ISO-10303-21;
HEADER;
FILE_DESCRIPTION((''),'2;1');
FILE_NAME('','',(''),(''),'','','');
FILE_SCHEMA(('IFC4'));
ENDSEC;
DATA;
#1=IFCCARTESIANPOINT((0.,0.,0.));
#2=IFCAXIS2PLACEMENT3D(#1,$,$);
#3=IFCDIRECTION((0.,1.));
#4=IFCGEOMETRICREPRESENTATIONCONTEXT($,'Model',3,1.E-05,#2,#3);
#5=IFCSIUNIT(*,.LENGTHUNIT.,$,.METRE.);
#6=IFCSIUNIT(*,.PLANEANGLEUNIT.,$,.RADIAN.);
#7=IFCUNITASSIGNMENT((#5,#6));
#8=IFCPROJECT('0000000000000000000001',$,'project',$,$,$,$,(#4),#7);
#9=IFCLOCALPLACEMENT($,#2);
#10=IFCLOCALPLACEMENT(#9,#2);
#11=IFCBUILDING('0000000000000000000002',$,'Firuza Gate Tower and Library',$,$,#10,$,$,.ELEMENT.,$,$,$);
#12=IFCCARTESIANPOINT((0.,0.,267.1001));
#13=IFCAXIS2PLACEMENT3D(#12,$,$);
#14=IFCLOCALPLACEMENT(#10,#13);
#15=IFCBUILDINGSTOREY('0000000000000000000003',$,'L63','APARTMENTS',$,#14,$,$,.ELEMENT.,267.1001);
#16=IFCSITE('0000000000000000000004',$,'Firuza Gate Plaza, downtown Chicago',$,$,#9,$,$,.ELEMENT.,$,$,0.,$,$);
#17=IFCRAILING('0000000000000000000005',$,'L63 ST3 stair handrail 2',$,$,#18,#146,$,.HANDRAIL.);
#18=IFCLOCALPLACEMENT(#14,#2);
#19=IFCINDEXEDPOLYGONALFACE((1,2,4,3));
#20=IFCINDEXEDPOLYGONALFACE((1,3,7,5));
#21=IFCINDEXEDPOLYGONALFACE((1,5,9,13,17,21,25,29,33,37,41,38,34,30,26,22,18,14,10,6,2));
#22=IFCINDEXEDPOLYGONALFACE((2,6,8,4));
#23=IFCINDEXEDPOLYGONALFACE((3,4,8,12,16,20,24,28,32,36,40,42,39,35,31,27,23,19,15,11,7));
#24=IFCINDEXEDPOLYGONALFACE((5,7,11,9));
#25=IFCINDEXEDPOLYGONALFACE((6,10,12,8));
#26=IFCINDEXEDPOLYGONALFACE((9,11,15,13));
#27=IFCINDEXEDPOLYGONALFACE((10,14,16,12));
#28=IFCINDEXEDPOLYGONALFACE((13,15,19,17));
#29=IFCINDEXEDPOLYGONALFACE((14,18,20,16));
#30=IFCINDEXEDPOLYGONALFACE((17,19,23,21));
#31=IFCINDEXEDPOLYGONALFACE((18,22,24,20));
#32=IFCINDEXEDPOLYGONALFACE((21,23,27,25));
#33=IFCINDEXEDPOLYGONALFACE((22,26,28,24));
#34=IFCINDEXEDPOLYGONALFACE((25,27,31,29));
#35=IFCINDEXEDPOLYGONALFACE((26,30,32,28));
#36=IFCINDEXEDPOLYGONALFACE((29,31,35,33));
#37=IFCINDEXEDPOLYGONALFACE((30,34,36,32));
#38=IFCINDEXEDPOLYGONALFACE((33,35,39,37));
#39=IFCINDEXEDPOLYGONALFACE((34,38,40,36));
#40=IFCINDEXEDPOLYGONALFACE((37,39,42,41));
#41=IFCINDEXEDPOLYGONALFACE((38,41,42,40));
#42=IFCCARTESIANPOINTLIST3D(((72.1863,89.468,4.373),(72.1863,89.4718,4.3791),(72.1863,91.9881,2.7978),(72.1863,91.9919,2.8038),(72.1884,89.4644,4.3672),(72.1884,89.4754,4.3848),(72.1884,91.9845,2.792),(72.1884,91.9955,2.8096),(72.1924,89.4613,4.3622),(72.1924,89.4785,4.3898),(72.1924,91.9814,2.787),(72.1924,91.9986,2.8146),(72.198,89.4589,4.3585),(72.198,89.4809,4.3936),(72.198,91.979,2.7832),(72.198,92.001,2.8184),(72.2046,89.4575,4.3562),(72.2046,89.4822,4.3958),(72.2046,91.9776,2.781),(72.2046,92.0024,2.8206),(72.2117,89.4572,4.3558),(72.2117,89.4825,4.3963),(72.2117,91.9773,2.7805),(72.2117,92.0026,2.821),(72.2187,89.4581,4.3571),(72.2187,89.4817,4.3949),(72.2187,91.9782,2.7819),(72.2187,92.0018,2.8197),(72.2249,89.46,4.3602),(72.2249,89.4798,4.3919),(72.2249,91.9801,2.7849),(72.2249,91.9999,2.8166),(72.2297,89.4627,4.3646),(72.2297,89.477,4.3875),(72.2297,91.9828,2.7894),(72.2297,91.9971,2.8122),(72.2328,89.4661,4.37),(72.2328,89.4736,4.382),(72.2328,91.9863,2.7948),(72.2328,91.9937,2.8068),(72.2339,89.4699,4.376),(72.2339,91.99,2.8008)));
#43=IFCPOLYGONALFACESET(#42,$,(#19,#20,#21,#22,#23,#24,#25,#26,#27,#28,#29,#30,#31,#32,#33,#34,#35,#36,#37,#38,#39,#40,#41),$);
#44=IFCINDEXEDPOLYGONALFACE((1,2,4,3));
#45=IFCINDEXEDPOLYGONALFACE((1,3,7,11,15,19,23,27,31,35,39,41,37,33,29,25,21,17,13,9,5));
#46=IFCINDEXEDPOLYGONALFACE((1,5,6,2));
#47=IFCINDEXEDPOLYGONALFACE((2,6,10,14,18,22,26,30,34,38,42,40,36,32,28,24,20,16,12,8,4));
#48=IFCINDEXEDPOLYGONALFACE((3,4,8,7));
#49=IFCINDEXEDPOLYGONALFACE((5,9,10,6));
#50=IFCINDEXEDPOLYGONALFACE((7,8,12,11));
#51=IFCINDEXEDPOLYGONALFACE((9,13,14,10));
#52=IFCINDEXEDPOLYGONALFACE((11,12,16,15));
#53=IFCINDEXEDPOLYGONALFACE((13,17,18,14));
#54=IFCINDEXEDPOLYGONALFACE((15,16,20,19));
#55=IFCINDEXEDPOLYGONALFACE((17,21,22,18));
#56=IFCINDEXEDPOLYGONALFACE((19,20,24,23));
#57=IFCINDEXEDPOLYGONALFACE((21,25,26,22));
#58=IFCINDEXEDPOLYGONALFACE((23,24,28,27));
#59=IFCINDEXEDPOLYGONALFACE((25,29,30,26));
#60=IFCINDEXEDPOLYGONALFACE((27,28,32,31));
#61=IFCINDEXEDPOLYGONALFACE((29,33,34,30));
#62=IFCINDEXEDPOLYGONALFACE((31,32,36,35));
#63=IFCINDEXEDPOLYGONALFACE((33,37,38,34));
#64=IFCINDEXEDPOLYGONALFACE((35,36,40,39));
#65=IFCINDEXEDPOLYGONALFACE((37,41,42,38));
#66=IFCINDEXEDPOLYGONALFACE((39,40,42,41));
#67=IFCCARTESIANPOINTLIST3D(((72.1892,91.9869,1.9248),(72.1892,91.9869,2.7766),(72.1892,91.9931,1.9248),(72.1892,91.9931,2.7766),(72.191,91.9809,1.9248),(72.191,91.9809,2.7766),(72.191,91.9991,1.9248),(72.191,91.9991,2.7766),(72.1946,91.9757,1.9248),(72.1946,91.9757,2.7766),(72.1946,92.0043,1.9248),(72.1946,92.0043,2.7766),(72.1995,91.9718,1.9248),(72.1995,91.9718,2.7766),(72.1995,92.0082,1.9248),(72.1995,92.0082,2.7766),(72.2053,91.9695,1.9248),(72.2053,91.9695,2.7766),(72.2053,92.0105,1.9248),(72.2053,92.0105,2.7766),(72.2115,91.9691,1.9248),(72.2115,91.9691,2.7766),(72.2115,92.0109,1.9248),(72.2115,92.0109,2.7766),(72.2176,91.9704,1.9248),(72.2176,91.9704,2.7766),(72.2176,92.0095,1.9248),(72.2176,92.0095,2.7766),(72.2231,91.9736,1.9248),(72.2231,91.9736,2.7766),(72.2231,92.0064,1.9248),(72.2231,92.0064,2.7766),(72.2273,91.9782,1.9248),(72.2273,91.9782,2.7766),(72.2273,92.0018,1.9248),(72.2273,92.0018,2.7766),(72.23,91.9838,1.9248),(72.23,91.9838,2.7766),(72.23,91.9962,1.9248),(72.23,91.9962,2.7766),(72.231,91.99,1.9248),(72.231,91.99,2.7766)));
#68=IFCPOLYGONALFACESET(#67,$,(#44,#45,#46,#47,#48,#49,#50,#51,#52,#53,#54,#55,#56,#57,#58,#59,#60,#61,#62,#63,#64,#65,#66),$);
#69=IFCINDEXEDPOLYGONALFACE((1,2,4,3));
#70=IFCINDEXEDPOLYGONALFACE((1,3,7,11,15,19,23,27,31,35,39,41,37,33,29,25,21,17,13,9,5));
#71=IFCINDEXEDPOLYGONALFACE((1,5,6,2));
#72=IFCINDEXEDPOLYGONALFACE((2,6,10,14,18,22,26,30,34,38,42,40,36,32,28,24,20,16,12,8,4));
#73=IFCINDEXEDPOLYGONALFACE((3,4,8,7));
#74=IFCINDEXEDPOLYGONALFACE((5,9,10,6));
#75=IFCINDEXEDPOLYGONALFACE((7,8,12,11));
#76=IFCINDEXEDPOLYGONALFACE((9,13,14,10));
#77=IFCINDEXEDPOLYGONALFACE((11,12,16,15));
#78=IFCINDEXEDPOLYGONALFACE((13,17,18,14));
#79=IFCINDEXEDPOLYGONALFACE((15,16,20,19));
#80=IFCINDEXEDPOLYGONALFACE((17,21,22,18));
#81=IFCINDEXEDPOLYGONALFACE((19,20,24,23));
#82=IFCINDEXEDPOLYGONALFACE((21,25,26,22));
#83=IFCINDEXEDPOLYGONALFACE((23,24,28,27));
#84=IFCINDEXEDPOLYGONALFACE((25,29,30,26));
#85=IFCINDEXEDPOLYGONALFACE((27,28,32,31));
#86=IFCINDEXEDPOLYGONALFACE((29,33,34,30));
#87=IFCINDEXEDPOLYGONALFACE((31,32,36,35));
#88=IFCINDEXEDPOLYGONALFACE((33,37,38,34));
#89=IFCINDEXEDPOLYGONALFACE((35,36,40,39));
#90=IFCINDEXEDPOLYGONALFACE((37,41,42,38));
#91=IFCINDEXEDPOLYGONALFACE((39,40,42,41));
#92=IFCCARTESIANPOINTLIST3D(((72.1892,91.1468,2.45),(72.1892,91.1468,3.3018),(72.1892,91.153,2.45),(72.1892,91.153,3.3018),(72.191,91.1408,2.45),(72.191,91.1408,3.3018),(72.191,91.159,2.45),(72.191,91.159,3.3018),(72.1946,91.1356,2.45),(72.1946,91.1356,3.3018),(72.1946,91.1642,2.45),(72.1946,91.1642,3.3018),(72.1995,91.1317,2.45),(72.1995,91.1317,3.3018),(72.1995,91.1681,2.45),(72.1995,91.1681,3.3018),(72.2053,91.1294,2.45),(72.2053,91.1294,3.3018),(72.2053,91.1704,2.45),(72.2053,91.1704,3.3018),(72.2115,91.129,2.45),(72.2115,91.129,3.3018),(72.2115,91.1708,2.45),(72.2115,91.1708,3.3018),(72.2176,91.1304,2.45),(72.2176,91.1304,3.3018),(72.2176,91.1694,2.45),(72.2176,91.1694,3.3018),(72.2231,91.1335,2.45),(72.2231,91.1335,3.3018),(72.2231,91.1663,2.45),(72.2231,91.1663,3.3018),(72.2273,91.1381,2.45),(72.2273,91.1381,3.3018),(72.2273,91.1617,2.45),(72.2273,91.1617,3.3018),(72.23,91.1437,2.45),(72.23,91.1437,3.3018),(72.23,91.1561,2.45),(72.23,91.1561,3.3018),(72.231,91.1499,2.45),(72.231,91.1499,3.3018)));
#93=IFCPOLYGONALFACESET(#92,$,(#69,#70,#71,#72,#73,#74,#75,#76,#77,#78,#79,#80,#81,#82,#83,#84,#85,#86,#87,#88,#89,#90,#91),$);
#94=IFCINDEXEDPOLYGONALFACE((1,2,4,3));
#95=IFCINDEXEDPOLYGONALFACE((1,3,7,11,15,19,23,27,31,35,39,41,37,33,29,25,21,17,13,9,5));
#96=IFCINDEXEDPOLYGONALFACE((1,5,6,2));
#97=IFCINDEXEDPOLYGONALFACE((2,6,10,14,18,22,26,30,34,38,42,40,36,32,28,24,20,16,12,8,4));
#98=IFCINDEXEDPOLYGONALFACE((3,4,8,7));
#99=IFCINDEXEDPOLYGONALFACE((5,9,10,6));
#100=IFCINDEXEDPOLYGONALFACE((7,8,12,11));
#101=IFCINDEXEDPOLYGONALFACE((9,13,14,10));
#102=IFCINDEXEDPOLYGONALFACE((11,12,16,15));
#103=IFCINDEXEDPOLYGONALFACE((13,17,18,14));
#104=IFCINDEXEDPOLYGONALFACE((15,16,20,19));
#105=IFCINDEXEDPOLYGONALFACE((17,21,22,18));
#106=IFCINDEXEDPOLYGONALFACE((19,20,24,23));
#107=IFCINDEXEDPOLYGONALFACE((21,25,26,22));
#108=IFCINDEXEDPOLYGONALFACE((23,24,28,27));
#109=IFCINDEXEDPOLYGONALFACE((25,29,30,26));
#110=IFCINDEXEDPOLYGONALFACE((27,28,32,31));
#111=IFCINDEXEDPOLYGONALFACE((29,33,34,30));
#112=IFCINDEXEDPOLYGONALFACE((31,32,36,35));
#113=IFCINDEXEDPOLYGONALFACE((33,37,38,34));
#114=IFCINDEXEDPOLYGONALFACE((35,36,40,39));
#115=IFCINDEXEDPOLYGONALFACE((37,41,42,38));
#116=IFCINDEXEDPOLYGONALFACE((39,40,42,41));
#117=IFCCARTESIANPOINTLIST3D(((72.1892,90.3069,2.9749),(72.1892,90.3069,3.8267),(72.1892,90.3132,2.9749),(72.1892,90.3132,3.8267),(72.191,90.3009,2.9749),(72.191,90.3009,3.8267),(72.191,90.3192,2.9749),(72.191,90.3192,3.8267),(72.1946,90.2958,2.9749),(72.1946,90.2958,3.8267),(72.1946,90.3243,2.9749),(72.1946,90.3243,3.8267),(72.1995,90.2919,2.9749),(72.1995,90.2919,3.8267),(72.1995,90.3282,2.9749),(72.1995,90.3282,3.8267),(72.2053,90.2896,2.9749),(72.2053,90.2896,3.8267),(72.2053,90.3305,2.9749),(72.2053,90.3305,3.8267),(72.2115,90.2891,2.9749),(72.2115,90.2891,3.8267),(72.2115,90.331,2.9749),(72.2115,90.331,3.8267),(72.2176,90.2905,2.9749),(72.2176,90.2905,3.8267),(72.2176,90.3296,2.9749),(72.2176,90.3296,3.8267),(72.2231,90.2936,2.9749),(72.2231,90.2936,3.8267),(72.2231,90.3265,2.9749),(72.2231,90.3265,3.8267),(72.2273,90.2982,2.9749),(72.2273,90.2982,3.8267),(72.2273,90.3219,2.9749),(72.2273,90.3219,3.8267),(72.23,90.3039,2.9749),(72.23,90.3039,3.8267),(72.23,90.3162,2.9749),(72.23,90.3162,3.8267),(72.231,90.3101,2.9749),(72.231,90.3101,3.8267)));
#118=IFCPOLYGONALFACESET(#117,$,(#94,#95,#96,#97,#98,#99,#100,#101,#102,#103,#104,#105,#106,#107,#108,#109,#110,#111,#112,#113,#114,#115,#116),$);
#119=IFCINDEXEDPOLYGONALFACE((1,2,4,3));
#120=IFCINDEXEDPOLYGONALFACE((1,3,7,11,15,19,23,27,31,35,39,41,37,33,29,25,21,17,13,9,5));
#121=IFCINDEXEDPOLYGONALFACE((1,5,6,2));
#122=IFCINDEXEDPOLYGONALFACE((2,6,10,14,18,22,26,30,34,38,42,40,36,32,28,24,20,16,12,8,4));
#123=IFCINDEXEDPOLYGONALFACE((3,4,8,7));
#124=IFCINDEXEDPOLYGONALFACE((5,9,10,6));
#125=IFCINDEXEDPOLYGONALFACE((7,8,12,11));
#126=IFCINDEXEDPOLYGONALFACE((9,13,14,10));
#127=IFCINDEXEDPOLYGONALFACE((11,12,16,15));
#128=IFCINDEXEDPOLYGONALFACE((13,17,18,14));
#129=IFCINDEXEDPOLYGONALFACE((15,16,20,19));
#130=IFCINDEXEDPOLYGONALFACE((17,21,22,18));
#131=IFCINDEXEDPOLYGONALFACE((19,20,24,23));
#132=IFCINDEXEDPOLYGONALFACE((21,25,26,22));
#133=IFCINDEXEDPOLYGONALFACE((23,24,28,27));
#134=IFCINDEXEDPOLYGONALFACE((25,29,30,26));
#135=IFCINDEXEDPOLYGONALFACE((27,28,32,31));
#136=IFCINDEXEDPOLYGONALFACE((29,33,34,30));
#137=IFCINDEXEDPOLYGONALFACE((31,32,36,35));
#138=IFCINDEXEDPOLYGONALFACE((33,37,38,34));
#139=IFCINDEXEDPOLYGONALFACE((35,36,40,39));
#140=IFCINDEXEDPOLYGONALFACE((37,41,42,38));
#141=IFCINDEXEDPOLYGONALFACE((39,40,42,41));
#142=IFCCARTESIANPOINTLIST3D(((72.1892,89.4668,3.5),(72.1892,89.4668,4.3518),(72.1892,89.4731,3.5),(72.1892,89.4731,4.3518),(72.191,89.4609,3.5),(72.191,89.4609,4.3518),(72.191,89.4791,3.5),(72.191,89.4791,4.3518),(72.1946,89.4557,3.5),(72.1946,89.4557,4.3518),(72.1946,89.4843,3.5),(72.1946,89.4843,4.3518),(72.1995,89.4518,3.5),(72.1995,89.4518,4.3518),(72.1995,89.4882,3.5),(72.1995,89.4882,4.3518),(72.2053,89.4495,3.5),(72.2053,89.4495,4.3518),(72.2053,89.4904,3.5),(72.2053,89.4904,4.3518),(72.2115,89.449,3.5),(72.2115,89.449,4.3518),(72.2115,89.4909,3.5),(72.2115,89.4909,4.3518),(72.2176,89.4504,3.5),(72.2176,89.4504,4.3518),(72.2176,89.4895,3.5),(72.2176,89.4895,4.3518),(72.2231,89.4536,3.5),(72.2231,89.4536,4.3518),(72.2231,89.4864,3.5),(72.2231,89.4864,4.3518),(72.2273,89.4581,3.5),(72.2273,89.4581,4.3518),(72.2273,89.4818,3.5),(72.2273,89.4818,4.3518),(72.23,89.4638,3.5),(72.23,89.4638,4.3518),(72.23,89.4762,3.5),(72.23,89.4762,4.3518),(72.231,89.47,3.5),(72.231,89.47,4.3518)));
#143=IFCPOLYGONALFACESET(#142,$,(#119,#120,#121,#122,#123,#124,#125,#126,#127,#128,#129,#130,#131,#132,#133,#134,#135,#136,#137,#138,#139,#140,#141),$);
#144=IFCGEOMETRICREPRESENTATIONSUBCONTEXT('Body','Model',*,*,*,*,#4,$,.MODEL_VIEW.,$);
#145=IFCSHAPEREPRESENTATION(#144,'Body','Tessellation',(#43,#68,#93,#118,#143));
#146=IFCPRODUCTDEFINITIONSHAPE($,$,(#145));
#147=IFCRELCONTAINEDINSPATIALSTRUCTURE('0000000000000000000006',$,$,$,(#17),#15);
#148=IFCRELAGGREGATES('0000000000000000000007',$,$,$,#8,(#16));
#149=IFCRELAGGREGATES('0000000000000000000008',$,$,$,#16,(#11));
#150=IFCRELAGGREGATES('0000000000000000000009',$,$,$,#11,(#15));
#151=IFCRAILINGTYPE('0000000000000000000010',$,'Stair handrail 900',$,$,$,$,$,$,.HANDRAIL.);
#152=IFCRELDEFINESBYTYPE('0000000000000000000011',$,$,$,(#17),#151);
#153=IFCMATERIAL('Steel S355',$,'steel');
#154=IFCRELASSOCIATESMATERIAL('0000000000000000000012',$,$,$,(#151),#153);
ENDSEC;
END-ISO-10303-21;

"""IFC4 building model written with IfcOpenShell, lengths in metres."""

from ifc_helpers import new_model, si_unit, direction, frame, origin, origin_2d, place, context, subcontext, project, spatial, circle, extrude, material, type_object, element, save


model = new_model("IFC4")

# Units and contexts
model_context = context("Model", 3, precision=1e-05, world=origin(), true_north=direction((0.0, 1.0)))
body_context = subcontext(model_context, "Body", "Model", "MODEL_VIEW")
ifc_project = project(units=[si_unit("LENGTHUNIT", "METRE"), si_unit("PLANEANGLEUNIT", "RADIAN")], contexts=[model_context])

# Site, building, storey
site_placement = place(None, origin())
site = spatial("IfcSite", under=ifc_project, at=site_placement, Name="Firuza Gate Plaza, downtown Chicago", CompositionType="ELEMENT", RefElevation=0.0)
building_placement = place(site_placement, origin())
building = spatial("IfcBuilding", under=site, at=building_placement, Name="Firuza Gate Tower and Library", CompositionType="ELEMENT")
storey_placement = place(building_placement, frame((0.0, 0.0, 267.1001)))
storey = spatial("IfcBuildingStorey", under=building, at=storey_placement, Name="L63", Description="APARTMENTS", CompositionType="ELEMENT", Elevation=267.1001)

# Railing
ifc_material_1 = material(Name="Steel S355", Category="steel")
railing_type_1 = type_object("IfcRailingType", Name="Stair handrail 900", PredefinedType="HANDRAIL", material=ifc_material_1)
railing_1_placement = place(storey_placement, frame((72.21, 91.99, 1.9248)))
element("IfcRailing", 1, at=railing_1_placement, inside=storey, type_object=railing_type_1, Name="L63 ST3 stair handrail 2", PredefinedType="HANDRAIL", context=body_context, shape_type="SweptSolid", body=[
    extrude(circle(Radius=0.0239, at=origin_2d()), frame((0.0, 0.0, 0.876), z_axis=(0.0, -0.847971, 0.530043), x_axis=(1.0, 0.0, 0.0)), (0.0, 0.0, 1.0), 2.9719),
    extrude(circle(Radius=0.021, at=origin_2d()), origin(), (0.0, 0.0, 1.0), 0.8518),
    extrude(circle(Radius=0.021, at=origin_2d()), frame((0.0, -0.8401, 0.5251)), (0.0, 0.0, 1.0), 0.8518),
    extrude(circle(Radius=0.021, at=origin_2d()), frame((0.0, -1.6799, 1.05)), (0.0, 0.0, 1.0), 0.8518),
    extrude(circle(Radius=0.021, at=origin_2d()), frame((0.0, -2.52, 1.5752)), (0.0, 0.0, 1.0), 0.8518),
])

save(model, "model.ifc")
